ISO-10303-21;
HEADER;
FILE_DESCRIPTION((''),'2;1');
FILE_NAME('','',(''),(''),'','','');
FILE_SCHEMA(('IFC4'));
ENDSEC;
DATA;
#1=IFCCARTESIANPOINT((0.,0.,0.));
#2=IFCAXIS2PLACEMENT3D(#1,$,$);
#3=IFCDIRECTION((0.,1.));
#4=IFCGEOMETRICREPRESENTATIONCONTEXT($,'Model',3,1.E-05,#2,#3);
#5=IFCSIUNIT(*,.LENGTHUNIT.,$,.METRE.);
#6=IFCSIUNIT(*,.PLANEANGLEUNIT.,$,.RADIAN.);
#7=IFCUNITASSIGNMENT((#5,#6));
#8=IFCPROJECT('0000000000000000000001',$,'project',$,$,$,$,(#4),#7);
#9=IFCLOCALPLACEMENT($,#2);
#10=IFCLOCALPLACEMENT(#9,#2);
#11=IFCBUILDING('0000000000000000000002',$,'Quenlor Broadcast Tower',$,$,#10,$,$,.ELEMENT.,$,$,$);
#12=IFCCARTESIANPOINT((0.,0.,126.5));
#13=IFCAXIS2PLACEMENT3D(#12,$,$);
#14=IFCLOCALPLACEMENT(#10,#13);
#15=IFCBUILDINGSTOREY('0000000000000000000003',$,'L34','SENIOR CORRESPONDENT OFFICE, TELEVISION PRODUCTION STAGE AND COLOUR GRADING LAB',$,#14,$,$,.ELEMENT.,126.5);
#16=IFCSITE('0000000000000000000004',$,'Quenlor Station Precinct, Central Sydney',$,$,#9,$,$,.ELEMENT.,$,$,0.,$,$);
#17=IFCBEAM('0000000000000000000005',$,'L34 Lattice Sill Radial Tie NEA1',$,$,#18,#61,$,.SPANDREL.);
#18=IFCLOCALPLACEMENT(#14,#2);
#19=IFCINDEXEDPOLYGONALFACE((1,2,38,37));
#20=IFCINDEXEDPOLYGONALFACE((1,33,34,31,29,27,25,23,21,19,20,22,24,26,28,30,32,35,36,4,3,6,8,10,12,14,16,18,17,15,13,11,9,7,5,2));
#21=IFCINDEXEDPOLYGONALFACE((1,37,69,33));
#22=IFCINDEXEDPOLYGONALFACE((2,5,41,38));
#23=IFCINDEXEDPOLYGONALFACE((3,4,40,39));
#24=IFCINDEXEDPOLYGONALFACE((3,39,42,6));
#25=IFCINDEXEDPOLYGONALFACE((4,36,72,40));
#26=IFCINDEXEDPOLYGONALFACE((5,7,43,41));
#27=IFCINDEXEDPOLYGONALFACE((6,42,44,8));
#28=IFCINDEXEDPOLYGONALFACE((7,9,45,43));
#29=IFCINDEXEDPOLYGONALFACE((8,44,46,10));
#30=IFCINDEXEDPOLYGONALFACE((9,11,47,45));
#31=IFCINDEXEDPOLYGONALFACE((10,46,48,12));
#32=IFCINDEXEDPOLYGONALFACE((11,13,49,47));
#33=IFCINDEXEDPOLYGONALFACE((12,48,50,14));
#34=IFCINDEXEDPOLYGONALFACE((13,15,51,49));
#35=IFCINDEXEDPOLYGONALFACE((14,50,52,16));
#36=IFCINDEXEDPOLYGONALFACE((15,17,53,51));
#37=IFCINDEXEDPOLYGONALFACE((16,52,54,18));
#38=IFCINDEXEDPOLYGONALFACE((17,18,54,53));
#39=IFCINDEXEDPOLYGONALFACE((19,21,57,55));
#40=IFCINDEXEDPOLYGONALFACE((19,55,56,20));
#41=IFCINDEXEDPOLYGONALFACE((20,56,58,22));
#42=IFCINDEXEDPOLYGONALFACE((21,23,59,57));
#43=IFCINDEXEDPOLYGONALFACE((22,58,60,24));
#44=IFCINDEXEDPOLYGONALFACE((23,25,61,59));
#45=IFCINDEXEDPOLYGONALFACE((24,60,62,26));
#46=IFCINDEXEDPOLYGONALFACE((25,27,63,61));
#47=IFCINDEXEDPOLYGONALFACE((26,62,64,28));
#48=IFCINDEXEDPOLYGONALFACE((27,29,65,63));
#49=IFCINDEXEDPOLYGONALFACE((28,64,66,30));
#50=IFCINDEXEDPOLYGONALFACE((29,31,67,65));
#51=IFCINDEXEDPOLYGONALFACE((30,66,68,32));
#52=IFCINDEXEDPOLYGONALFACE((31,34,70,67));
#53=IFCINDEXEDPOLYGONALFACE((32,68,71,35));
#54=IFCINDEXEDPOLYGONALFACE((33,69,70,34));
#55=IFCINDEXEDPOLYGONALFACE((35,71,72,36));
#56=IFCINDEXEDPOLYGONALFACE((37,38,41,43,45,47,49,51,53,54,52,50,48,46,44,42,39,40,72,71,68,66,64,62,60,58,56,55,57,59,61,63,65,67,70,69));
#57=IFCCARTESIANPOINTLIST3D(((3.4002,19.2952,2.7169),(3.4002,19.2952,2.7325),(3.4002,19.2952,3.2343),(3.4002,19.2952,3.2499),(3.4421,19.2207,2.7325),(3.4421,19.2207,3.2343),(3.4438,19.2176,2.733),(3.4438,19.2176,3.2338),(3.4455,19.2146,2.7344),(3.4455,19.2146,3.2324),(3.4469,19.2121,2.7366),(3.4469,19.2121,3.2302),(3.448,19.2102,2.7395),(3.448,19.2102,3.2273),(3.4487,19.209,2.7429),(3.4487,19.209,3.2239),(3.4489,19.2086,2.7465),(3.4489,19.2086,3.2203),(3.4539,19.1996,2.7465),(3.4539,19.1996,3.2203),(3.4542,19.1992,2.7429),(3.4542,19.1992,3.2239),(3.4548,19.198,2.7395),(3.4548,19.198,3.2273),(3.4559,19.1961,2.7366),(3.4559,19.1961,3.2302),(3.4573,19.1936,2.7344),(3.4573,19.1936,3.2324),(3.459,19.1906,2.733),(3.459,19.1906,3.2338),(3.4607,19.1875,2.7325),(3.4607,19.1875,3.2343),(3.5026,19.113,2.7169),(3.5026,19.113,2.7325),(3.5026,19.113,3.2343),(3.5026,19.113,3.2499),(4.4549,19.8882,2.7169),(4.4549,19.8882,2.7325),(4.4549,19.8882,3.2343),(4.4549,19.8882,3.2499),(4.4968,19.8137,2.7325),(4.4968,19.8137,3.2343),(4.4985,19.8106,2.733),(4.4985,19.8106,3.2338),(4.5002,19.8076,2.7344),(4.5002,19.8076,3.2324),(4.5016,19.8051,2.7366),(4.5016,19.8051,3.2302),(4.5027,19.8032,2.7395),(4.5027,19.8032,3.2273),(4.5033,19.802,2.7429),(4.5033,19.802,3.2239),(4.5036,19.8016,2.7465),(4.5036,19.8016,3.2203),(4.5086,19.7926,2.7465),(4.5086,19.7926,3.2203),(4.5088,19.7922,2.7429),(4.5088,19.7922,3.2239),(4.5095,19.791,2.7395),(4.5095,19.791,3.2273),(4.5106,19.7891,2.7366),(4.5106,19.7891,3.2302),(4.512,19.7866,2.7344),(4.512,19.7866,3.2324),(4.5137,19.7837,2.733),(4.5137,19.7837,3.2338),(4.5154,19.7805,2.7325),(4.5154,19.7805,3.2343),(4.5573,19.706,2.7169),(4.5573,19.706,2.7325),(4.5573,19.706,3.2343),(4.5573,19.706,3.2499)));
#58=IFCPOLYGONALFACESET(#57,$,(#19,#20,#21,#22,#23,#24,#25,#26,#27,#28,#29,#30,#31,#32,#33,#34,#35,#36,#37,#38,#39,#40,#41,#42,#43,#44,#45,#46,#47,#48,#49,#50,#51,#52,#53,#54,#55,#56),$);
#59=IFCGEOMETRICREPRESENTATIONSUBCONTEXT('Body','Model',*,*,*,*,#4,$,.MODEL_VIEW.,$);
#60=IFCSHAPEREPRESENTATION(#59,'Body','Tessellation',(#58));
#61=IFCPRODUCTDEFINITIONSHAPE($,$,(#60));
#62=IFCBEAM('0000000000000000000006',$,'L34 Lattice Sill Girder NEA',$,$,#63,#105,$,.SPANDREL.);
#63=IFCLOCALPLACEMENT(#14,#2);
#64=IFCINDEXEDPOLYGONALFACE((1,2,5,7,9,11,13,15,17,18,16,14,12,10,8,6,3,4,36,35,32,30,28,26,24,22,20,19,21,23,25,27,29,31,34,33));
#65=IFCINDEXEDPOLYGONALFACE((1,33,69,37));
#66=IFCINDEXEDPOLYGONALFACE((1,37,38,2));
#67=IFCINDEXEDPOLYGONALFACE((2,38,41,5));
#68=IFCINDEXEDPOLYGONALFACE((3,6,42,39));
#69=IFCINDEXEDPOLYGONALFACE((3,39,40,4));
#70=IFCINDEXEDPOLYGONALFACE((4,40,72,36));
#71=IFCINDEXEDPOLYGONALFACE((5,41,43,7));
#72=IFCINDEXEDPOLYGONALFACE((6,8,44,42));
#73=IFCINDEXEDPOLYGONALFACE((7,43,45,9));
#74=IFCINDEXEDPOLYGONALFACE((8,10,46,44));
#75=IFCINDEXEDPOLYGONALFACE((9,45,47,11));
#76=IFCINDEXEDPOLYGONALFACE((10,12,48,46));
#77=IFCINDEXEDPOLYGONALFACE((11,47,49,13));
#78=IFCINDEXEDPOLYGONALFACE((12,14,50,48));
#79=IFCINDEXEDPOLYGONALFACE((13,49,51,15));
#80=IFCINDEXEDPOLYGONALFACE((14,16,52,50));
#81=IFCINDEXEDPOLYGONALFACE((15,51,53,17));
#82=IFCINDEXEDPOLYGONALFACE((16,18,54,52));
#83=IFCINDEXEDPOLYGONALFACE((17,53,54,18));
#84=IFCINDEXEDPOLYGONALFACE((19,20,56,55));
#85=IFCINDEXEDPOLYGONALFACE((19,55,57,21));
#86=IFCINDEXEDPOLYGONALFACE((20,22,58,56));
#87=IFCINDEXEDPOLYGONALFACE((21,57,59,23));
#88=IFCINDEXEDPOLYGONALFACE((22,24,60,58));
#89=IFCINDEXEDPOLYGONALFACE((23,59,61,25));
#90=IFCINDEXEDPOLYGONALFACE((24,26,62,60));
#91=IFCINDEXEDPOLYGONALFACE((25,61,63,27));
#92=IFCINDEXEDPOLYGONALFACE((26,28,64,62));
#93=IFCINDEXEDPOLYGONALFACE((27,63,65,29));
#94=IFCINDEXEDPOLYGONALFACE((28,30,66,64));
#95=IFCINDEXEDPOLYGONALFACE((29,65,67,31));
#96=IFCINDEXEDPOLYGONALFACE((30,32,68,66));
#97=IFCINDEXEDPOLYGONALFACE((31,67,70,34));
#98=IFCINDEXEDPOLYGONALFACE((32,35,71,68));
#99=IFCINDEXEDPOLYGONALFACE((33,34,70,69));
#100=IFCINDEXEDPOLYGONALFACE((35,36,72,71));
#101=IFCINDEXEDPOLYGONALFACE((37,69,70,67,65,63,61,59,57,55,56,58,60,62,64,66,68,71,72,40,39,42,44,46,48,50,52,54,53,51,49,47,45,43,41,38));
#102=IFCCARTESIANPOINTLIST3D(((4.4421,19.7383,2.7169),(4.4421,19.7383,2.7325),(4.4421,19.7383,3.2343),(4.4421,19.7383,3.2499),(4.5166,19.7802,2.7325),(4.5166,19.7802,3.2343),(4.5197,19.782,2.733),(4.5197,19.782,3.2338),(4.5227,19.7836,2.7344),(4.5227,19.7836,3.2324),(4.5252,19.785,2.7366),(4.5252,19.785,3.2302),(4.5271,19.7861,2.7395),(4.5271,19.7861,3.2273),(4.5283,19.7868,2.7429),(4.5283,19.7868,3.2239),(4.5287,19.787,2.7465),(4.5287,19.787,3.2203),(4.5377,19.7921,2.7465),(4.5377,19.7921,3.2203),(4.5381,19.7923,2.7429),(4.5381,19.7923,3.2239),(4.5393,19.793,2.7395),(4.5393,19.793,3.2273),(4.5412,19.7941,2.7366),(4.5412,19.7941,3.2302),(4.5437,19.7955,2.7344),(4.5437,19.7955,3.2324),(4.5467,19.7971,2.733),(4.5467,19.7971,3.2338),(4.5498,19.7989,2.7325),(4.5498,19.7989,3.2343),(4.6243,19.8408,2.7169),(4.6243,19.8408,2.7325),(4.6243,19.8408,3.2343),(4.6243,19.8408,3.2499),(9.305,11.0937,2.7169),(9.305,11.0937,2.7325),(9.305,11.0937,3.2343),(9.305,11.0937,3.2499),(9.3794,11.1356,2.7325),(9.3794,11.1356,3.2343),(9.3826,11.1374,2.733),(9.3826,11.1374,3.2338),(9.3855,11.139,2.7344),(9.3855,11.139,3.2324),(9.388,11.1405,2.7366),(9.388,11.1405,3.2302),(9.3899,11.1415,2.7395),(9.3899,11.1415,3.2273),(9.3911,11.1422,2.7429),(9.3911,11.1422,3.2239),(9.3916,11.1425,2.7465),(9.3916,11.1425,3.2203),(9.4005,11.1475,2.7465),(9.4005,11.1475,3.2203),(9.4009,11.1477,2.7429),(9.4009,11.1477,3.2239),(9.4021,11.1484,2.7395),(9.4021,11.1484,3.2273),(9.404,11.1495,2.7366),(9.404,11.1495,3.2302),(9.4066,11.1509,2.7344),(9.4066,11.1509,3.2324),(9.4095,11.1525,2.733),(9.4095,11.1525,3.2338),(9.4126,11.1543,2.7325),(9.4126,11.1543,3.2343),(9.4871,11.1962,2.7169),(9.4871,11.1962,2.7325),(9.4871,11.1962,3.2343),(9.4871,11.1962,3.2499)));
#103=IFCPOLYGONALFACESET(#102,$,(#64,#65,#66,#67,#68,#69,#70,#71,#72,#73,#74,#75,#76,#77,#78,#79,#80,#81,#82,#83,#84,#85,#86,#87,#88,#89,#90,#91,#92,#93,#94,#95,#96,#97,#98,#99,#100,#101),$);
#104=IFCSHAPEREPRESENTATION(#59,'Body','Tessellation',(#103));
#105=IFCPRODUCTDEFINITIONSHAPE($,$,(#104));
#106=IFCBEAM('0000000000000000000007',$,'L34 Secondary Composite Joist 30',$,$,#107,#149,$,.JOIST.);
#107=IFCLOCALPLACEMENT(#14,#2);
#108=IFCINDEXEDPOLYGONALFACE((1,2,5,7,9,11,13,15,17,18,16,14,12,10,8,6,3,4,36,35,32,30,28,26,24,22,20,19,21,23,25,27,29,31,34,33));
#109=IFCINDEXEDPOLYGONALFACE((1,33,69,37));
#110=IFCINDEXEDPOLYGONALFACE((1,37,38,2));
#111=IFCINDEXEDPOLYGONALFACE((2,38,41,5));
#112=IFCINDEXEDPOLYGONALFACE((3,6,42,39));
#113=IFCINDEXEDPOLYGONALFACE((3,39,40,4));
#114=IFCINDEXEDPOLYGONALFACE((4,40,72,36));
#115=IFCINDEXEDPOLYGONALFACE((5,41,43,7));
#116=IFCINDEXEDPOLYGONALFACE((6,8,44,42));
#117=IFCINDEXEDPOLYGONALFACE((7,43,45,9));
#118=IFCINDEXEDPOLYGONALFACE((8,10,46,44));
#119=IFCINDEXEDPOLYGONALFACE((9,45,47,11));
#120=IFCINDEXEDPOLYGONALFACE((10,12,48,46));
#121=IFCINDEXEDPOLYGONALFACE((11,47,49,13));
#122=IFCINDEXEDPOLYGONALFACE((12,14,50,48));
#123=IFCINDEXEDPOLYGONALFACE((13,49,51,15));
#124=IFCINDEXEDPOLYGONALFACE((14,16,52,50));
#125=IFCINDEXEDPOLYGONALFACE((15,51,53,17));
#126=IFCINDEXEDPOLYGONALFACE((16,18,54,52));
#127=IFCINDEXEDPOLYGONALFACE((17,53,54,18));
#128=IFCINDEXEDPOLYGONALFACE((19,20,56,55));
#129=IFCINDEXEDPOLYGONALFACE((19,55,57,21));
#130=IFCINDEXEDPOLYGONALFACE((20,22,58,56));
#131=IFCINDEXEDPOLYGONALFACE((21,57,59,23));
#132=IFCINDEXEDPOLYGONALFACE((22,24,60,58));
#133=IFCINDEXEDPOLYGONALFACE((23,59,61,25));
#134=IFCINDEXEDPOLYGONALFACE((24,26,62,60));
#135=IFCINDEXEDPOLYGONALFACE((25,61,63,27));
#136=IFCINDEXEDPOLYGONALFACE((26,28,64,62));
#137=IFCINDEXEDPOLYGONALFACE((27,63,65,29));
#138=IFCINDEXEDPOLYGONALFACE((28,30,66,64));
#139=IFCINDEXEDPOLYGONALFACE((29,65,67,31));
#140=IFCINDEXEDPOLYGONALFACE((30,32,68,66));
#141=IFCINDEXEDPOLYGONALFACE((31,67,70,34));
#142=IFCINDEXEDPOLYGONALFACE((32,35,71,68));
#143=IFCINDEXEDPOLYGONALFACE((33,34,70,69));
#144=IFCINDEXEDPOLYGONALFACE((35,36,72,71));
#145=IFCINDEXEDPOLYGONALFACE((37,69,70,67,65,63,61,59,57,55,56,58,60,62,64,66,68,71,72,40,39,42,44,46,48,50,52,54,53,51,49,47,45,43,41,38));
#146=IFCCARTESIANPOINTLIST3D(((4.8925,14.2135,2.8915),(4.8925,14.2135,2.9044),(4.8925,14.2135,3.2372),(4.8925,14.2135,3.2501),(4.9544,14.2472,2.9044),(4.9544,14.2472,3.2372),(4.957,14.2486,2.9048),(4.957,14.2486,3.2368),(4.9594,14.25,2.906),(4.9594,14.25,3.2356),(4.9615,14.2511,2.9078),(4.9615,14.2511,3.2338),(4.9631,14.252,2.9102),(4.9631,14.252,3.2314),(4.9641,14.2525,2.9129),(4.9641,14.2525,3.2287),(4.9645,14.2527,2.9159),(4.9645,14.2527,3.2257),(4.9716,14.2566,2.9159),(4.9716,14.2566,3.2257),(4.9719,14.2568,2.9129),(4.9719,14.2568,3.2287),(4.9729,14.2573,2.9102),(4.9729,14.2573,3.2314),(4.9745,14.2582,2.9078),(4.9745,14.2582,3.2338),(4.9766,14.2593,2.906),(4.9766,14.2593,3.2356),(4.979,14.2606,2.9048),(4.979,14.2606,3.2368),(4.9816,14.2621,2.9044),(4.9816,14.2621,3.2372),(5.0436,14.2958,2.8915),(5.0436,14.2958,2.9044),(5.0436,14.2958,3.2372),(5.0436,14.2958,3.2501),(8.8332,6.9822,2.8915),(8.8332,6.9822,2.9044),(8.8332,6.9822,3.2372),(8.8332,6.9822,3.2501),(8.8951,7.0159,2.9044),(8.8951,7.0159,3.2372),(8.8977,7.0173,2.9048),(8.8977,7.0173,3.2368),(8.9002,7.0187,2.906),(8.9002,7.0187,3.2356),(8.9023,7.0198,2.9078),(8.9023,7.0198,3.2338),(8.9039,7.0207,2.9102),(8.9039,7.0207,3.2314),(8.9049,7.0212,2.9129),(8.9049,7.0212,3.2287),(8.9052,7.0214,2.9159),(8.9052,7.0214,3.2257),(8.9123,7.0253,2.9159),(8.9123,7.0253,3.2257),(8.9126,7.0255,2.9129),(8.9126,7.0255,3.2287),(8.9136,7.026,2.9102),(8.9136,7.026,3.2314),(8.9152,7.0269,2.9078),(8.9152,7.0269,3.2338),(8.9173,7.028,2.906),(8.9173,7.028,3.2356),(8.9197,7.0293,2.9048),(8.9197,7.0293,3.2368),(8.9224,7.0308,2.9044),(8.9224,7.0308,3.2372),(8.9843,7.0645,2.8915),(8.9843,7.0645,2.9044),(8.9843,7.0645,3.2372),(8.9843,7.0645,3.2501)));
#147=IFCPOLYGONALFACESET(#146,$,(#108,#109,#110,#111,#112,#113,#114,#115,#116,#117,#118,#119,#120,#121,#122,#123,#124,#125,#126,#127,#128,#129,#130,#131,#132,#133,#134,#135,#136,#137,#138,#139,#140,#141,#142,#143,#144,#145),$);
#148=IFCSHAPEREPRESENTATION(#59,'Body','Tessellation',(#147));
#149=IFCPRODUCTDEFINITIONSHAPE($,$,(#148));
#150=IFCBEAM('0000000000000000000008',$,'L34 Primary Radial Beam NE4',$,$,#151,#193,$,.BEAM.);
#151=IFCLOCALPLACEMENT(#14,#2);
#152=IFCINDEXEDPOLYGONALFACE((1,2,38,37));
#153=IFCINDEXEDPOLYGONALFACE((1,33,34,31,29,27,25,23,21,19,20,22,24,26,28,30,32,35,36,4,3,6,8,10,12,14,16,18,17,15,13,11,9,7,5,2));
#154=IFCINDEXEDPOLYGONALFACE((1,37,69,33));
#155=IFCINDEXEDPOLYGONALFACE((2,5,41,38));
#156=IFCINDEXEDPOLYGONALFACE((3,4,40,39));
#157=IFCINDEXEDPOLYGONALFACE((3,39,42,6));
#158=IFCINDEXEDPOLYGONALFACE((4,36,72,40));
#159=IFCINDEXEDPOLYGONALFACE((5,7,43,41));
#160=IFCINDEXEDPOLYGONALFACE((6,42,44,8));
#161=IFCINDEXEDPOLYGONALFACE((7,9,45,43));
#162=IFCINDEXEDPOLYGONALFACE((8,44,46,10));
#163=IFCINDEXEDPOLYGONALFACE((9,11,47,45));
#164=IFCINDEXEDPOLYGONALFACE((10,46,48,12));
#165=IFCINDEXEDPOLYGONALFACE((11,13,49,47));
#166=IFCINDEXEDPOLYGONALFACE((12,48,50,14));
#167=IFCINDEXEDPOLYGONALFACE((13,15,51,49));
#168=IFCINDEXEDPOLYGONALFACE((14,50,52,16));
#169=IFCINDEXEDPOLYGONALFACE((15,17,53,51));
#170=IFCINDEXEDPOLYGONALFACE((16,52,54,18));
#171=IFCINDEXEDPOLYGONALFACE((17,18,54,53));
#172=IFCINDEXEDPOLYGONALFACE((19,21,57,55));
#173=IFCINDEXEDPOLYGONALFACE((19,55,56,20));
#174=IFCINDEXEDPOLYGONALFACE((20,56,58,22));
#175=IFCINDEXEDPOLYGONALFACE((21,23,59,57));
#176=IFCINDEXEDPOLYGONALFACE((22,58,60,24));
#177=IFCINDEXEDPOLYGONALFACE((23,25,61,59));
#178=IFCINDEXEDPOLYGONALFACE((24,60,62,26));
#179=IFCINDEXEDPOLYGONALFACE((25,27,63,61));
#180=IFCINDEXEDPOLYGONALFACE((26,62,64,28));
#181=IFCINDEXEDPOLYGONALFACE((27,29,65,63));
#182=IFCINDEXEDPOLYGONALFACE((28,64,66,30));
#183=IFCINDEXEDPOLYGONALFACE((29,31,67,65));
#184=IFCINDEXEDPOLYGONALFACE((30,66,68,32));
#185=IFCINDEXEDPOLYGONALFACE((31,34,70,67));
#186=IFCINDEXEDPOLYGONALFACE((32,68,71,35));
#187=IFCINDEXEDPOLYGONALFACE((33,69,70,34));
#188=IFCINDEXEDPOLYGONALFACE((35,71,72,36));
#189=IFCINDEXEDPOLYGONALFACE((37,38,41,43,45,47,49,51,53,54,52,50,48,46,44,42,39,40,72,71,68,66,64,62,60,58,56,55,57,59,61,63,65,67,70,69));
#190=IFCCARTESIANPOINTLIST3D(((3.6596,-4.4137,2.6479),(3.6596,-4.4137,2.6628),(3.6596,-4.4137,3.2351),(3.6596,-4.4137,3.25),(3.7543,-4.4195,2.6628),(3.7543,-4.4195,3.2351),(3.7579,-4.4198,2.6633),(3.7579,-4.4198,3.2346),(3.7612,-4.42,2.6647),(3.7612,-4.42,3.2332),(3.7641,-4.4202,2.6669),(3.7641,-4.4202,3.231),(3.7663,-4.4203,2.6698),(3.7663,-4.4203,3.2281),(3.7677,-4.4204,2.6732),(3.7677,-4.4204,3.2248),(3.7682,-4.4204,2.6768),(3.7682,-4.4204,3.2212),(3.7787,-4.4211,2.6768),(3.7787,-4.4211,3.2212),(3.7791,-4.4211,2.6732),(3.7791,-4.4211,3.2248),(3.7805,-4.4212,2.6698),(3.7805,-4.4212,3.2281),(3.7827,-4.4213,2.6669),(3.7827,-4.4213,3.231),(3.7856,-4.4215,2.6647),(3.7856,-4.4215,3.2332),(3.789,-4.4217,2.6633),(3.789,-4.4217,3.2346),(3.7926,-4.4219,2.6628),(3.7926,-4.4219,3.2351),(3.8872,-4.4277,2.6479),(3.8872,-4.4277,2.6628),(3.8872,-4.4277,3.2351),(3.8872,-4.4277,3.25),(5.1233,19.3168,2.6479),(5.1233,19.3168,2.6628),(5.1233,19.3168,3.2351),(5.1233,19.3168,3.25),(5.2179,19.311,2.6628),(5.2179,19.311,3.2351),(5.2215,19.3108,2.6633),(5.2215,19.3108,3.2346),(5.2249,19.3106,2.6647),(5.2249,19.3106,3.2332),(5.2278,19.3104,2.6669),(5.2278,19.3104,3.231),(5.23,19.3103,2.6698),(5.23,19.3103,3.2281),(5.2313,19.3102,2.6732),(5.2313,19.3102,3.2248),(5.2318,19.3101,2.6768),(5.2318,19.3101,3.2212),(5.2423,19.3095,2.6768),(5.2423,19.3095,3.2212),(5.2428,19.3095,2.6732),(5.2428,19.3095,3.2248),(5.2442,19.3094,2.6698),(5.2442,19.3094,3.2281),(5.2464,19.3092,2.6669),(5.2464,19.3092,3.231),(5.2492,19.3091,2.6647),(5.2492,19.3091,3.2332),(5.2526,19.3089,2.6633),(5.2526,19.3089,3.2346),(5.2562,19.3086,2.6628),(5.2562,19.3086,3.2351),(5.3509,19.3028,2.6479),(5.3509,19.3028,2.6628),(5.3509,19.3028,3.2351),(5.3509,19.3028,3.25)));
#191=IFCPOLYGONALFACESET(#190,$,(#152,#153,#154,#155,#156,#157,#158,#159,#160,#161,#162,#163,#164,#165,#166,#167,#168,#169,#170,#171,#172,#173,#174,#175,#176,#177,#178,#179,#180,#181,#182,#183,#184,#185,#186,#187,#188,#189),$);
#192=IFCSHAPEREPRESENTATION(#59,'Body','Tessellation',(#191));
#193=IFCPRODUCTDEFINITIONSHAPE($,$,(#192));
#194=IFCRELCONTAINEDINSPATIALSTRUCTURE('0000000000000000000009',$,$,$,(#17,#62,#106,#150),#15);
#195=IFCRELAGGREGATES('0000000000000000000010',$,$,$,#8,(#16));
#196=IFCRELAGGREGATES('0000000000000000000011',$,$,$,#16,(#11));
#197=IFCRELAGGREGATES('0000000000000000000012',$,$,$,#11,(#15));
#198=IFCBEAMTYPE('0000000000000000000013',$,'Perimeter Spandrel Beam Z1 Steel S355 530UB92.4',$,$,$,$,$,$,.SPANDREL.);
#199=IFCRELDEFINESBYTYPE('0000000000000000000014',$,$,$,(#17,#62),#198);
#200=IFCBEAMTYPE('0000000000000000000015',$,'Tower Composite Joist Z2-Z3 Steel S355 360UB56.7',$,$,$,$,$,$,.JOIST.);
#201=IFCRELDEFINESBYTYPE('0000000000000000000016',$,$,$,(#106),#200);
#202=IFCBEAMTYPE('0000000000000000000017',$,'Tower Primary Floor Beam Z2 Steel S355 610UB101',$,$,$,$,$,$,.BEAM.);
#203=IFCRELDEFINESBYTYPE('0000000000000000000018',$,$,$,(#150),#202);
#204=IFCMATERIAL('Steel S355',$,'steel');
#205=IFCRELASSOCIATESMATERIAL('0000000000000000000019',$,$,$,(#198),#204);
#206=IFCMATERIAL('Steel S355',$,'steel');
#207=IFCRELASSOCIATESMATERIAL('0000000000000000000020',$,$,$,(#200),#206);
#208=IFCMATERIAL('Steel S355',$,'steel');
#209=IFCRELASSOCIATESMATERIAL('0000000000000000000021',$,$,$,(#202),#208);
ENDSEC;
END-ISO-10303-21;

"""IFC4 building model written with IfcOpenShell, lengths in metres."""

from ifc_helpers import new_model, si_unit, direction, frame, origin, origin_2d, place, context, subcontext, project, spatial, i_section, extrude, material, material_profile, profile_set, type_object, element, save


model = new_model("IFC4")

# Units and contexts
model_context = context("Model", 3, precision=1e-05, world=origin(), true_north=direction((0.0, 1.0)))
body_context = subcontext(model_context, "Body", "Model", "MODEL_VIEW")
ifc_project = project(units=[si_unit("LENGTHUNIT", "METRE"), si_unit("PLANEANGLEUNIT", "RADIAN")], contexts=[model_context])

# Site, building, storey
site_placement = place(None, origin())
site = spatial("IfcSite", under=ifc_project, at=site_placement, Name="Quenlor Station Precinct, Central Sydney", CompositionType="ELEMENT", RefElevation=0.0)
building_placement = place(site_placement, origin())
building = spatial("IfcBuilding", under=site, at=building_placement, Name="Quenlor Broadcast Tower", CompositionType="ELEMENT")
storey_placement = place(building_placement, frame((0.0, 0.0, 126.5)))
storey = spatial("IfcBuildingStorey", under=building, at=storey_placement, Name="L34", Description="SENIOR CORRESPONDENT OFFICE, TELEVISION PRODUCTION STAGE AND COLOUR GRADING LAB", CompositionType="ELEMENT", Elevation=126.5)

# Beams
ifc_material_1 = material(Name="Steel S355", Category="steel")
ifc_material_profile_1 = material_profile(ifc_material_1, i_section(OverallWidth=0.209, OverallDepth=0.533, WebThickness=0.0103, FlangeThickness=0.0156, FilletRadius=0.0139, at=origin_2d()))
ifc_profile_set_1 = profile_set([ifc_material_profile_1], Name="Steel S355 530UB92.4")
beam_type_1 = type_object("IfcBeamType", Name="Perimeter Spandrel Beam Z1 Steel S355 530UB92.4", PredefinedType="SPANDREL", material=ifc_profile_set_1)
beam_1_placement = place(storey_placement, frame((3.4514, 19.2041, 2.9834), z_axis=(0.871662, 0.490108, 0.0), x_axis=(-0.490108, 0.871662, 0.0)))
element("IfcBeam", 1, at=beam_1_placement, inside=storey, type_object=beam_type_1, Name="L34 Lattice Sill Radial Tie NEA1", PredefinedType="SPANDREL", context=body_context, shape_type="SweptSolid", body=[
    extrude(i_section(OverallWidth=0.209, OverallDepth=0.533, WebThickness=0.0103, FlangeThickness=0.0156, FilletRadius=0.0139, at=origin_2d()), origin(), (0.0, 0.0, 1.0), 1.21),
])
beam_2_placement = place(storey_placement, frame((4.5332, 19.7896, 2.9834), z_axis=(0.49028, -0.871565, 0.0), x_axis=(0.871565, 0.49028, 0.0)))
element("IfcBeam", 2, at=beam_2_placement, inside=storey, type_object=beam_type_1, Name="L34 Lattice Sill Girder NEA", PredefinedType="SPANDREL", context=body_context, shape_type="SweptSolid", body=[
    extrude(i_section(OverallWidth=0.209, OverallDepth=0.533, WebThickness=0.0103, FlangeThickness=0.0156, FilletRadius=0.0139, at=origin_2d()), origin(), (0.0, 0.0, 1.0), 9.9185),
])
ifc_material_2 = material(Name="Steel S355", Category="steel")
ifc_material_profile_2 = material_profile(ifc_material_2, i_section(OverallWidth=0.1721, OverallDepth=0.3586, WebThickness=0.0081, FlangeThickness=0.0129, FilletRadius=0.0115, at=origin_2d()))
ifc_profile_set_2 = profile_set([ifc_material_profile_2], Name="Steel S355 360UB56.7")
beam_type_2 = type_object("IfcBeamType", Name="Tower Composite Joist Z2-Z3 Steel S355 360UB56.7", PredefinedType="JOIST", material=ifc_profile_set_2)
beam_3_placement = place(storey_placement, frame((4.968, 14.2546, 3.0708), z_axis=(0.478514, -0.87808, 0.0), x_axis=(0.87808, 0.478514, 0.0)))
element("IfcBeam", 3, at=beam_3_placement, inside=storey, type_object=beam_type_2, Name="L34 Secondary Composite Joist 30", PredefinedType="JOIST", context=body_context, shape_type="SweptSolid", body=[
    extrude(i_section(OverallWidth=0.1721, OverallDepth=0.3586, WebThickness=0.0081, FlangeThickness=0.0129, FilletRadius=0.0115, at=origin_2d()), origin(), (0.0, 0.0, 1.0), 8.2354),
])
ifc_material_3 = material(Name="Steel S355", Category="steel")
ifc_material_profile_3 = material_profile(ifc_material_3, i_section(OverallWidth=0.228, OverallDepth=0.6021, WebThickness=0.0105, FlangeThickness=0.0149, FilletRadius=0.0139, at=origin_2d()))
ifc_profile_set_3 = profile_set([ifc_material_profile_3], Name="Steel S355 610UB101")
beam_type_3 = type_object("IfcBeamType", Name="Tower Primary Floor Beam Z2 Steel S355 610UB101", PredefinedType="BEAM", material=ifc_profile_set_3)
beam_4_placement = place(storey_placement, frame((5.2371, 19.3098, 2.949), z_axis=(-0.06156, -0.998103, 0.0), x_axis=(0.998103, -0.06156, 0.0)))
element("IfcBeam", 4, at=beam_4_placement, inside=storey, type_object=beam_type_3, Name="L34 Primary Radial Beam NE4", PredefinedType="BEAM", context=body_context, shape_type="SweptSolid", body=[
    extrude(i_section(OverallWidth=0.228, OverallDepth=0.6021, WebThickness=0.0105, FlangeThickness=0.0149, FilletRadius=0.0139, at=origin_2d()), origin(), (0.0, 0.0, 1.0), 23.7756),
])

save(model, "model.ifc")
